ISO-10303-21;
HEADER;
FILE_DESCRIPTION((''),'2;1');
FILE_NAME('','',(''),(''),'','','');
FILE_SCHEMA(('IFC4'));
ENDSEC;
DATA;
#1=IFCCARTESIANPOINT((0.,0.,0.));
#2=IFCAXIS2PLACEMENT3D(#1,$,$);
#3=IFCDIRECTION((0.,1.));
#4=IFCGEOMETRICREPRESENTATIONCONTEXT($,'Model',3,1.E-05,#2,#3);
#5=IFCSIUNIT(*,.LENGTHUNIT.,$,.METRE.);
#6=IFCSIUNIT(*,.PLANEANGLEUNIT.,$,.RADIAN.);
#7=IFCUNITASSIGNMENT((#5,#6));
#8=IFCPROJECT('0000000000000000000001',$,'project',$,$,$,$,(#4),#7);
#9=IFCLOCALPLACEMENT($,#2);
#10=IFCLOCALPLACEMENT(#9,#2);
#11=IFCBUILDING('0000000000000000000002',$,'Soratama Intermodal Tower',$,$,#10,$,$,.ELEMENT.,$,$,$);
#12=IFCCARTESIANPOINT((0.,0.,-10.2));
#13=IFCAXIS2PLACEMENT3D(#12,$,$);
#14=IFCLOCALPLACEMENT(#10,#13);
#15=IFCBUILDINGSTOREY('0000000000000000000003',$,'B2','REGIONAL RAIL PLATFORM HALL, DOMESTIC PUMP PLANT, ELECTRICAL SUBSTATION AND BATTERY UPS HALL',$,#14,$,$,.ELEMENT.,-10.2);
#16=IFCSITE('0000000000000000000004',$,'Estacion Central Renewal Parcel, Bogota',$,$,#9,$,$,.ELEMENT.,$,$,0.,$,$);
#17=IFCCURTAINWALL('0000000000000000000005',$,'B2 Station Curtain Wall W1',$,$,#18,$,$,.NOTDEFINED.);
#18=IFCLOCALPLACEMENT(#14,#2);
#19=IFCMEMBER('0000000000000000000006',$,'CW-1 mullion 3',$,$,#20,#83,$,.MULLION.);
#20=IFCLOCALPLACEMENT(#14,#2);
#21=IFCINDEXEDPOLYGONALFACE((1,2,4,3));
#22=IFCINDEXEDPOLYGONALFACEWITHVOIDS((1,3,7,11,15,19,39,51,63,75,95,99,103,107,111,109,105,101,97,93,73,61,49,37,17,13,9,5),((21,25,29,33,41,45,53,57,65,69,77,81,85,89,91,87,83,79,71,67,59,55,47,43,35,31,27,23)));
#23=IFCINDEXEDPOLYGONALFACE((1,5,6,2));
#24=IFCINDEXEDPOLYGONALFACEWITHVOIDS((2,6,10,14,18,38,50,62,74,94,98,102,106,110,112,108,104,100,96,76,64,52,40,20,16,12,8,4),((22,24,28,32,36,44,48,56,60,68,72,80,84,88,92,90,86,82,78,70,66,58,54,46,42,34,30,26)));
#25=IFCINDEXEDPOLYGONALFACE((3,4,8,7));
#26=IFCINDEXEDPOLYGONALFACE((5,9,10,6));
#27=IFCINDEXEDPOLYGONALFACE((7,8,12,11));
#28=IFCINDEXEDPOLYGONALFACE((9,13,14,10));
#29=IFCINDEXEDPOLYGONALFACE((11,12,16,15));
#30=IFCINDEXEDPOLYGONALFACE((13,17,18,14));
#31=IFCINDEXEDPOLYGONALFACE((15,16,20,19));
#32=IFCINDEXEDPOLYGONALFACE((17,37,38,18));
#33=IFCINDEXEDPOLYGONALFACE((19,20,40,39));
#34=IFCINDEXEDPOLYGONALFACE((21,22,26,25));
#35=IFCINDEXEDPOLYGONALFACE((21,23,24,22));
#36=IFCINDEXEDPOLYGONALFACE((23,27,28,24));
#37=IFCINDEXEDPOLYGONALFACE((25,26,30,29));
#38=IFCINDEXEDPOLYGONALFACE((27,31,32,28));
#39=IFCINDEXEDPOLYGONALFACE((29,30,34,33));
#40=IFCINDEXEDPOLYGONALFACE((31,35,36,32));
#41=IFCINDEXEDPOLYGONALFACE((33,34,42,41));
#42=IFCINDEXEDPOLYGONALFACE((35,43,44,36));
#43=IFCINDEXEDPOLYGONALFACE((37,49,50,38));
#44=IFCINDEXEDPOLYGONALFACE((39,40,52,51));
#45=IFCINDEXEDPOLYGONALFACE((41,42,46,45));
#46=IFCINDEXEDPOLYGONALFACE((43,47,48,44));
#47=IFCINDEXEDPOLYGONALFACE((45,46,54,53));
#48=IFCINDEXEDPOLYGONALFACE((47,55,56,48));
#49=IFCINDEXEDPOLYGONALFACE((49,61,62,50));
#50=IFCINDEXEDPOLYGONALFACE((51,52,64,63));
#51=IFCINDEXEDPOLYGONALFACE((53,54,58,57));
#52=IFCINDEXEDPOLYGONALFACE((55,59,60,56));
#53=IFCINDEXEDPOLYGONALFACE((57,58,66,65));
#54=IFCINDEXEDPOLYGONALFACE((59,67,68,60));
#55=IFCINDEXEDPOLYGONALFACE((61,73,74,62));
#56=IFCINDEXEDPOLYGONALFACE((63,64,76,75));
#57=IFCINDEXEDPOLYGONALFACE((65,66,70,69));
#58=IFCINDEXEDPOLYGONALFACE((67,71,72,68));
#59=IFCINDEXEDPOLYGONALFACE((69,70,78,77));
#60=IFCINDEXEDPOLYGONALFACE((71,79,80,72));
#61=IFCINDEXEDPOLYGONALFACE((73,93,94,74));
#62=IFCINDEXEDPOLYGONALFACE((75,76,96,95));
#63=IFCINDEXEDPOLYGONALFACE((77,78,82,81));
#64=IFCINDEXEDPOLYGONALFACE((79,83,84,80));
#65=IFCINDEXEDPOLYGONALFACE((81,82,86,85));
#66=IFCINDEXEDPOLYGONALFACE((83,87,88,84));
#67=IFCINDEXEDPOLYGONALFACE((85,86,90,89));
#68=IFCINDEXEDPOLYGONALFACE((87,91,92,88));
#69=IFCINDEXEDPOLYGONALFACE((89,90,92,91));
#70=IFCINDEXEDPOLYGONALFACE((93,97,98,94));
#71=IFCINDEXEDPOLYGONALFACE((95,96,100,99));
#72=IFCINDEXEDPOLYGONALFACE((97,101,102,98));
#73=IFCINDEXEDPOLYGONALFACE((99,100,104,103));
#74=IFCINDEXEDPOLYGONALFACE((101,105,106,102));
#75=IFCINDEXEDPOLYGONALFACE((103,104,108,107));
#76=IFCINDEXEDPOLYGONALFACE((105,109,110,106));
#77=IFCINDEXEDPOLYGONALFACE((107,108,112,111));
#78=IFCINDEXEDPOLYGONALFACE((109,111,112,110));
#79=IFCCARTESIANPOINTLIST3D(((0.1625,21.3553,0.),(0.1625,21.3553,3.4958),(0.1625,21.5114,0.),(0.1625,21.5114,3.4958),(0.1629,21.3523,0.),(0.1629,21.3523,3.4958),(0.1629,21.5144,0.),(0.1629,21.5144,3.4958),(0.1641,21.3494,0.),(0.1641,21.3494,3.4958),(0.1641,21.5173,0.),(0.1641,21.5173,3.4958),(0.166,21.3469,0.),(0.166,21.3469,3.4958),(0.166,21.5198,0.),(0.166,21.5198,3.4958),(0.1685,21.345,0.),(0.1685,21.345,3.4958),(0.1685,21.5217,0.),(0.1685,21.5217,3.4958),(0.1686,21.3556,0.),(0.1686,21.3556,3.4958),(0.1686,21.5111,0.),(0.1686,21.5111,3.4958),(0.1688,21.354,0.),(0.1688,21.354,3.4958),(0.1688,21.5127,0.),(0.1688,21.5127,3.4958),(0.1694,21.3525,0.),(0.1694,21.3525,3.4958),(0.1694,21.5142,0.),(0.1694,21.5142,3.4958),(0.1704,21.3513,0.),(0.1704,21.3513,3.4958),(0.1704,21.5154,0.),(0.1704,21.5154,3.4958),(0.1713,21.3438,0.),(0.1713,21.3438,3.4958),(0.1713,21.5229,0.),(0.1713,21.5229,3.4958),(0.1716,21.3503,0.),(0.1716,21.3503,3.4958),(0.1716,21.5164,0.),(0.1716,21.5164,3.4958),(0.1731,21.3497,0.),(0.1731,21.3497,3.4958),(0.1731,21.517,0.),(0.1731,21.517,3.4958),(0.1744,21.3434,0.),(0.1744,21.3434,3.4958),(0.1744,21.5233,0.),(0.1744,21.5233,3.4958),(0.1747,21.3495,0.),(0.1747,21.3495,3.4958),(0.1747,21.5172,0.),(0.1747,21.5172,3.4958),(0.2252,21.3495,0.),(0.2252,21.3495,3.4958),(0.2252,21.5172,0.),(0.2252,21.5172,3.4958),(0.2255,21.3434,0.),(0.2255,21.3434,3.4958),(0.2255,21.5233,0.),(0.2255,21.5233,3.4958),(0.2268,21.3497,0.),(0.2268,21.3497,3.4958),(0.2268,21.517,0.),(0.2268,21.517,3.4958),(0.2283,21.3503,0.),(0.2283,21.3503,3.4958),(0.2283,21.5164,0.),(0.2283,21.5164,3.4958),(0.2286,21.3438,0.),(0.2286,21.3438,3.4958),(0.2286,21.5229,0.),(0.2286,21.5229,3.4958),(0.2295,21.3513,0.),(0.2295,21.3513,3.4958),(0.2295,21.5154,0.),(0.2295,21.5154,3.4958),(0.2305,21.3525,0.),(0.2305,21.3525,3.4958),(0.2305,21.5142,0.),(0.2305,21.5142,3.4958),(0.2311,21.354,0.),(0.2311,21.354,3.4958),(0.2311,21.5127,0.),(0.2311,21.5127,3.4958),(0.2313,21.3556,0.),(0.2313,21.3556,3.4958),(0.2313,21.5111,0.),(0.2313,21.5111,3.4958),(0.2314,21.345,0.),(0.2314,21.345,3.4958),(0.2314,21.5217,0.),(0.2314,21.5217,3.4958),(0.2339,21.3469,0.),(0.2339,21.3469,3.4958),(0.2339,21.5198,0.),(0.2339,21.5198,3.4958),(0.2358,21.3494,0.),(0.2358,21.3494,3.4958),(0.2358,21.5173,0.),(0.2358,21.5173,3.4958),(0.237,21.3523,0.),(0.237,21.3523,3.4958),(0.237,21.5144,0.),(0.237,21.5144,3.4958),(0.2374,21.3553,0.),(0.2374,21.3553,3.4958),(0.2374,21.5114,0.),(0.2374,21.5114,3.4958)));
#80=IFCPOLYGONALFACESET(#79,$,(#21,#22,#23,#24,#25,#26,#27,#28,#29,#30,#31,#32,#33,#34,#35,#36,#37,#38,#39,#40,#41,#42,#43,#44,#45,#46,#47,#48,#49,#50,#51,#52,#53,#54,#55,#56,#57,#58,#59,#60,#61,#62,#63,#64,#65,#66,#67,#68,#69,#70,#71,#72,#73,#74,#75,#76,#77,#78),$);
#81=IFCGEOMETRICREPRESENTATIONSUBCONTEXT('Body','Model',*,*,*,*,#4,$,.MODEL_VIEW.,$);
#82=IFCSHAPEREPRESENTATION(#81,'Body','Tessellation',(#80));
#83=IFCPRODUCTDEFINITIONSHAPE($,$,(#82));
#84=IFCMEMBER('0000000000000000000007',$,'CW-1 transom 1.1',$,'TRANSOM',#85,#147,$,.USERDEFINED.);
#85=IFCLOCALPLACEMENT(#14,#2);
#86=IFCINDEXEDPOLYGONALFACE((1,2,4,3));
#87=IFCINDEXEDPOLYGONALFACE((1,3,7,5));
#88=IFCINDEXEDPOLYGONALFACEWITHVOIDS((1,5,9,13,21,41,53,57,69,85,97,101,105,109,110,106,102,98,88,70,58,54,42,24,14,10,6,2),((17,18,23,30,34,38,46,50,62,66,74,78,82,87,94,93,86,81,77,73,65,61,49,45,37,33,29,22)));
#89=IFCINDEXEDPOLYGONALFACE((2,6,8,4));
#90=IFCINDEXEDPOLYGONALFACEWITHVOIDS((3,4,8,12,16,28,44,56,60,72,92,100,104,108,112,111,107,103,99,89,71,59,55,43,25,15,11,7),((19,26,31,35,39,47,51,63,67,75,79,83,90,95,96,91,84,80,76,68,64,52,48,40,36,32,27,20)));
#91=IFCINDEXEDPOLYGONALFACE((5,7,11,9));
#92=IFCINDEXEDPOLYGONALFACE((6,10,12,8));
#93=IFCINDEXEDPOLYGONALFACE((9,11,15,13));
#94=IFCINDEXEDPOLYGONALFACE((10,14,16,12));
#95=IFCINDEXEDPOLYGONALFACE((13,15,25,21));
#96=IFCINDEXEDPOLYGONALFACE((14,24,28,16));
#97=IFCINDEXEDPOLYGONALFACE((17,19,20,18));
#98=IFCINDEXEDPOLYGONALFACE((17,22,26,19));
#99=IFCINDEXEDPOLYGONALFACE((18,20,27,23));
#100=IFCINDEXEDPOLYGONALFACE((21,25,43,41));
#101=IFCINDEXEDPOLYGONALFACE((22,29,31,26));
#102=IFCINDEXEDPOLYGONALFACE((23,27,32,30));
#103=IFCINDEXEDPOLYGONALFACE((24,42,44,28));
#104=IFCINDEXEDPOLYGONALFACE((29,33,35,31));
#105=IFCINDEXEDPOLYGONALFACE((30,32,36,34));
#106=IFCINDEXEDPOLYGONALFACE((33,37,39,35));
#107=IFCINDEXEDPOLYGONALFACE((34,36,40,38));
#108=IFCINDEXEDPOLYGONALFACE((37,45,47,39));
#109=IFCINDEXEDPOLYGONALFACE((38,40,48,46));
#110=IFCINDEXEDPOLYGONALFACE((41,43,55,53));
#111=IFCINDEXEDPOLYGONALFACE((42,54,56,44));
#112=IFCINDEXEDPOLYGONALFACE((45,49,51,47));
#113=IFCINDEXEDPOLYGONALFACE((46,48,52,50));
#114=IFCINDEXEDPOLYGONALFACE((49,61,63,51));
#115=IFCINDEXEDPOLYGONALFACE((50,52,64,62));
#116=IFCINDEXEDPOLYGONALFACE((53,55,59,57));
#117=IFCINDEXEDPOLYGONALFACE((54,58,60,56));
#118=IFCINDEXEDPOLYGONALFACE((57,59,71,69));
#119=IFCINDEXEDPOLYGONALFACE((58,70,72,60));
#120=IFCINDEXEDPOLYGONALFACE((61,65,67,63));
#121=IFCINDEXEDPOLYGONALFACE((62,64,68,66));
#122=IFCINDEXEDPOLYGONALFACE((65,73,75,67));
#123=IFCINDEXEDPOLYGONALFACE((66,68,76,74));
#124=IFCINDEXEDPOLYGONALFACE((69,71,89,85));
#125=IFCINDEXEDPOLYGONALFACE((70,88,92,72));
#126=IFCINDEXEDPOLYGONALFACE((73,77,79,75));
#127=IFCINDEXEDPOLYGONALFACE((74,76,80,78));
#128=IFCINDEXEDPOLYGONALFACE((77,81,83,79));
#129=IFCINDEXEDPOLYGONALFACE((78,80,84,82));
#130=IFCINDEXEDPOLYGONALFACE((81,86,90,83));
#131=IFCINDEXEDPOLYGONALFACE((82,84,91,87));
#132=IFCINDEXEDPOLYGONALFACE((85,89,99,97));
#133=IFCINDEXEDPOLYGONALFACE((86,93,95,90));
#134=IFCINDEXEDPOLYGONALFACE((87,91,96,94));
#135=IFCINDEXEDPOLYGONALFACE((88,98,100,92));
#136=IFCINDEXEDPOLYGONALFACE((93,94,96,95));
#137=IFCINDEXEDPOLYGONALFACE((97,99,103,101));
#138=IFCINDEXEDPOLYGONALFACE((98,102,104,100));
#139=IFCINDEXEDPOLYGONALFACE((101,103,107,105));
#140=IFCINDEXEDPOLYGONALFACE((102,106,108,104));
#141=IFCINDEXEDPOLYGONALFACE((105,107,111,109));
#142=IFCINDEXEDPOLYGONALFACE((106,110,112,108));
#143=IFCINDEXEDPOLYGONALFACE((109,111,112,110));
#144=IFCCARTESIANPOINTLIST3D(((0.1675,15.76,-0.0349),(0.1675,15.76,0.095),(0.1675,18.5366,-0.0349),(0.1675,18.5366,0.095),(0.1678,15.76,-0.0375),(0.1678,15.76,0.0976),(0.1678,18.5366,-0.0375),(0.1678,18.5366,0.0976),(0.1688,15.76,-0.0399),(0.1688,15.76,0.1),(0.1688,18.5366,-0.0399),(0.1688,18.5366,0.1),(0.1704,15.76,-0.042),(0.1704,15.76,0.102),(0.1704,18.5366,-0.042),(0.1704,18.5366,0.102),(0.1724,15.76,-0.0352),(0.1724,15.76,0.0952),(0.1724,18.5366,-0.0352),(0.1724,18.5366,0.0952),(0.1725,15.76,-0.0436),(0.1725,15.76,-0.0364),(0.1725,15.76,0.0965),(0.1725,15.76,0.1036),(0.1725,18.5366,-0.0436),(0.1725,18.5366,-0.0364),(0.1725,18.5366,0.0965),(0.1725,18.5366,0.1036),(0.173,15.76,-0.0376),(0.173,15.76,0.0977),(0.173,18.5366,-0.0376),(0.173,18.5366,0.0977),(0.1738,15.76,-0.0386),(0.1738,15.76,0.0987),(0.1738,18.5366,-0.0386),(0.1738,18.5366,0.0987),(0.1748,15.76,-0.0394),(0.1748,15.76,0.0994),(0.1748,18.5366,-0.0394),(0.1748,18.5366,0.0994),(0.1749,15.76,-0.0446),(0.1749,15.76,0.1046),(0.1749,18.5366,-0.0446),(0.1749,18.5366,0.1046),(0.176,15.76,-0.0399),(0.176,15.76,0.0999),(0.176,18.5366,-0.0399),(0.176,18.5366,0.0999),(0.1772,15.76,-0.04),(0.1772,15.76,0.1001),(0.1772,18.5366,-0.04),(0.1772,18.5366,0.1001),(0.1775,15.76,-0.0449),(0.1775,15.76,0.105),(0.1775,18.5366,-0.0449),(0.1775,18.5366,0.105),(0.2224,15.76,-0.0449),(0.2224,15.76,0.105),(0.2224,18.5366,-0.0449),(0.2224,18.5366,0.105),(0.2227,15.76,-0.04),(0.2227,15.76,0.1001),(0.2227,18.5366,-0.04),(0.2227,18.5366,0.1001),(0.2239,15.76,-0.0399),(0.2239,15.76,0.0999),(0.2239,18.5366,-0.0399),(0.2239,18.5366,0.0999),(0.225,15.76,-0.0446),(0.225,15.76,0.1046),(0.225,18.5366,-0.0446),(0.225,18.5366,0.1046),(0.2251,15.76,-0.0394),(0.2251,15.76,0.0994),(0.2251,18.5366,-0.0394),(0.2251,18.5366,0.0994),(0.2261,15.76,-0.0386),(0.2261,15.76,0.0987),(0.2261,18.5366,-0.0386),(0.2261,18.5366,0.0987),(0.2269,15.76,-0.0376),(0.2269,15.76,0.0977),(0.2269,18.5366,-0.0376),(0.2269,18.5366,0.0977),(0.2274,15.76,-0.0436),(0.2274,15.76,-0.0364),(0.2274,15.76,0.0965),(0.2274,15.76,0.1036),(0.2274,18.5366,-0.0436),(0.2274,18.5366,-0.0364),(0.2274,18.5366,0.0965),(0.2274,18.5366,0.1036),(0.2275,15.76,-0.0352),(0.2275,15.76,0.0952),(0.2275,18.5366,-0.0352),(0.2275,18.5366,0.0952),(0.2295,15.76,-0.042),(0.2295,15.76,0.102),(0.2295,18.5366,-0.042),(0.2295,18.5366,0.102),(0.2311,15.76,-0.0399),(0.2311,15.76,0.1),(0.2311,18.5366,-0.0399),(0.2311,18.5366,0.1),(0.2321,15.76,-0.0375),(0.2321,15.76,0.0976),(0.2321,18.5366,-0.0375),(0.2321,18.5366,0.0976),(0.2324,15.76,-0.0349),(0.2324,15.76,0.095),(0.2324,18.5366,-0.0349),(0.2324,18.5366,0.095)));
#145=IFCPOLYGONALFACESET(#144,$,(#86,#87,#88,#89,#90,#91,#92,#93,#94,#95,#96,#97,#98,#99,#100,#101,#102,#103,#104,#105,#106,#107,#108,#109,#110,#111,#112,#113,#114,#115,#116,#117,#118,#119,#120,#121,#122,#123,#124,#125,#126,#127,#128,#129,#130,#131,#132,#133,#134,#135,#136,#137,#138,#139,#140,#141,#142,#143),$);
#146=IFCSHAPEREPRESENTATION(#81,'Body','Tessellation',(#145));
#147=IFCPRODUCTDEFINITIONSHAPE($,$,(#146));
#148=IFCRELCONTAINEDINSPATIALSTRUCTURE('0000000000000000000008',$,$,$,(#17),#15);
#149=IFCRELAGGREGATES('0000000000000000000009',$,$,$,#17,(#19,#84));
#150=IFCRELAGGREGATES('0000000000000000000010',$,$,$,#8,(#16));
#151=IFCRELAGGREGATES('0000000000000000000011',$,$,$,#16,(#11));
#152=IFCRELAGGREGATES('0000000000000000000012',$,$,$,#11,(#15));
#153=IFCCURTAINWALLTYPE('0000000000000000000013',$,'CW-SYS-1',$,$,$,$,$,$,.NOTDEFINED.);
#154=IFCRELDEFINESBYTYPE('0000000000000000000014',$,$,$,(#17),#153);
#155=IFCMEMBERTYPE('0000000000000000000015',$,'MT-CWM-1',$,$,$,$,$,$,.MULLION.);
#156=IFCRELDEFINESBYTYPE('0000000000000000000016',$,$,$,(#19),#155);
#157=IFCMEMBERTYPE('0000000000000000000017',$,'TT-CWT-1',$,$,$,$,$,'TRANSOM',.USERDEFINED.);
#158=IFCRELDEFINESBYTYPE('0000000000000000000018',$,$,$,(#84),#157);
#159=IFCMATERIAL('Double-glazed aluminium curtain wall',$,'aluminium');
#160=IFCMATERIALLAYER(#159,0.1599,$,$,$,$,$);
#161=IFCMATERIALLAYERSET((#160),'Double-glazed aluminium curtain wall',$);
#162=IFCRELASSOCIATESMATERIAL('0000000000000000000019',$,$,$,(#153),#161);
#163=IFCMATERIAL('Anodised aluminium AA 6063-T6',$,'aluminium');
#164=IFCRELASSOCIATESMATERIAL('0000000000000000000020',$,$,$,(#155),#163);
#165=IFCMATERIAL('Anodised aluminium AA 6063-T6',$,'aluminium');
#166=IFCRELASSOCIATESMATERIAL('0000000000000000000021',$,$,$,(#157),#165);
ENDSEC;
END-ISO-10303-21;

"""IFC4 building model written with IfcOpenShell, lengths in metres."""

from ifc_helpers import new_model, si_unit, direction, frame, origin, origin_2d, place, context, subcontext, project, spatial, hollow_rectangle, extrude, material, layer, layer_set, material_profile, profile_set, type_object, element, aggregate, save


model = new_model("IFC4")

# Units and contexts
model_context = context("Model", 3, precision=1e-05, world=origin(), true_north=direction((0.0, 1.0)))
body_context = subcontext(model_context, "Body", "Model", "MODEL_VIEW")
ifc_project = project(units=[si_unit("LENGTHUNIT", "METRE"), si_unit("PLANEANGLEUNIT", "RADIAN")], contexts=[model_context])

# Site, building, storey
site_placement = place(None, origin())
site = spatial("IfcSite", under=ifc_project, at=site_placement, Name="Estacion Central Renewal Parcel, Bogota", CompositionType="ELEMENT", RefElevation=0.0)
building_placement = place(site_placement, origin())
building = spatial("IfcBuilding", under=site, at=building_placement, Name="Soratama Intermodal Tower", CompositionType="ELEMENT")
storey_placement = place(building_placement, frame((0.0, 0.0, -10.2)))
storey = spatial("IfcBuildingStorey", under=building, at=storey_placement, Name="B2", Description="REGIONAL RAIL PLATFORM HALL, DOMESTIC PUMP PLANT, ELECTRICAL SUBSTATION AND BATTERY UPS HALL", CompositionType="ELEMENT", Elevation=-10.2)

# Curtain wall, members
ifc_material_1 = material(Name="Double-glazed aluminium curtain wall", Category="aluminium")
ifc_layer_1 = layer(ifc_material_1, 0.1599)
ifc_layer_set_1 = layer_set([ifc_layer_1], Name="Double-glazed aluminium curtain wall")
curtain_wall_type = type_object("IfcCurtainWallType", Name="CW-SYS-1", PredefinedType="NOTDEFINED", material=ifc_layer_set_1)
curtain_wall_placement = place(storey_placement, origin())
curtain_wall = element("IfcCurtainWall", 1, at=curtain_wall_placement, inside=storey, type_object=curtain_wall_type, Name="B2 Station Curtain Wall W1", PredefinedType="NOTDEFINED")
ifc_material_2 = material(Name="Anodised aluminium AA 6063-T6", Category="aluminium")
ifc_material_profile_1 = material_profile(ifc_material_2, hollow_rectangle(XDim=0.075, YDim=0.1799, WallThickness=0.0061, InnerFilletRadius=0.0061, OuterFilletRadius=0.012, at=origin_2d()), Name="CWM180X75X6")
ifc_profile_set_1 = profile_set([ifc_material_profile_1], Name="Anodised aluminium AA 6063-T6")
member_type_1 = type_object("IfcMemberType", Name="MT-CWM-1", PredefinedType="MULLION", material=ifc_profile_set_1)
member_1_placement = place(storey_placement, frame((0.2, 21.4333, 0.0), z_axis=(0.0, 0.0, 1.0), x_axis=(-1.0, 0.0, 0.0)))
member_1 = element("IfcMember", 2, at=member_1_placement, type_object=member_type_1, Name="CW-1 mullion 3", PredefinedType="MULLION", context=body_context, shape_type="SweptSolid", body=[
    extrude(hollow_rectangle(XDim=0.075, YDim=0.1799, WallThickness=0.0061, InnerFilletRadius=0.0061, OuterFilletRadius=0.012, at=origin_2d()), origin(), (0.0, 0.0, 1.0), 3.4958),
])
ifc_material_3 = material(Name="Anodised aluminium AA 6063-T6", Category="aluminium")
ifc_material_profile_2 = material_profile(ifc_material_3, hollow_rectangle(XDim=0.0649, YDim=0.1499, WallThickness=0.0049, InnerFilletRadius=0.0049, OuterFilletRadius=0.01, at=origin_2d()), Name="CWT150X65X5")
ifc_profile_set_2 = profile_set([ifc_material_profile_2], Name="Anodised aluminium AA 6063-T6")
member_type_2 = type_object("IfcMemberType", Name="TT-CWT-1", ElementType="TRANSOM", PredefinedType="USERDEFINED", material=ifc_profile_set_2)
member_2_placement = place(storey_placement, frame((0.2, 15.76, 0.03), z_axis=(0.0, 1.0, 0.0), x_axis=(-1.0, 0.0, 0.0)))
member_2 = element("IfcMember", 3, at=member_2_placement, type_object=member_type_2, Name="CW-1 transom 1.1", ObjectType="TRANSOM", PredefinedType="USERDEFINED", context=body_context, shape_type="SweptSolid", body=[
    extrude(hollow_rectangle(XDim=0.0649, YDim=0.1499, WallThickness=0.0049, InnerFilletRadius=0.0049, OuterFilletRadius=0.01, at=origin_2d()), origin(), (0.0, 0.0, 1.0), 2.7766),
])
aggregate(curtain_wall, [member_1, member_2])

save(model, "model.ifc")
